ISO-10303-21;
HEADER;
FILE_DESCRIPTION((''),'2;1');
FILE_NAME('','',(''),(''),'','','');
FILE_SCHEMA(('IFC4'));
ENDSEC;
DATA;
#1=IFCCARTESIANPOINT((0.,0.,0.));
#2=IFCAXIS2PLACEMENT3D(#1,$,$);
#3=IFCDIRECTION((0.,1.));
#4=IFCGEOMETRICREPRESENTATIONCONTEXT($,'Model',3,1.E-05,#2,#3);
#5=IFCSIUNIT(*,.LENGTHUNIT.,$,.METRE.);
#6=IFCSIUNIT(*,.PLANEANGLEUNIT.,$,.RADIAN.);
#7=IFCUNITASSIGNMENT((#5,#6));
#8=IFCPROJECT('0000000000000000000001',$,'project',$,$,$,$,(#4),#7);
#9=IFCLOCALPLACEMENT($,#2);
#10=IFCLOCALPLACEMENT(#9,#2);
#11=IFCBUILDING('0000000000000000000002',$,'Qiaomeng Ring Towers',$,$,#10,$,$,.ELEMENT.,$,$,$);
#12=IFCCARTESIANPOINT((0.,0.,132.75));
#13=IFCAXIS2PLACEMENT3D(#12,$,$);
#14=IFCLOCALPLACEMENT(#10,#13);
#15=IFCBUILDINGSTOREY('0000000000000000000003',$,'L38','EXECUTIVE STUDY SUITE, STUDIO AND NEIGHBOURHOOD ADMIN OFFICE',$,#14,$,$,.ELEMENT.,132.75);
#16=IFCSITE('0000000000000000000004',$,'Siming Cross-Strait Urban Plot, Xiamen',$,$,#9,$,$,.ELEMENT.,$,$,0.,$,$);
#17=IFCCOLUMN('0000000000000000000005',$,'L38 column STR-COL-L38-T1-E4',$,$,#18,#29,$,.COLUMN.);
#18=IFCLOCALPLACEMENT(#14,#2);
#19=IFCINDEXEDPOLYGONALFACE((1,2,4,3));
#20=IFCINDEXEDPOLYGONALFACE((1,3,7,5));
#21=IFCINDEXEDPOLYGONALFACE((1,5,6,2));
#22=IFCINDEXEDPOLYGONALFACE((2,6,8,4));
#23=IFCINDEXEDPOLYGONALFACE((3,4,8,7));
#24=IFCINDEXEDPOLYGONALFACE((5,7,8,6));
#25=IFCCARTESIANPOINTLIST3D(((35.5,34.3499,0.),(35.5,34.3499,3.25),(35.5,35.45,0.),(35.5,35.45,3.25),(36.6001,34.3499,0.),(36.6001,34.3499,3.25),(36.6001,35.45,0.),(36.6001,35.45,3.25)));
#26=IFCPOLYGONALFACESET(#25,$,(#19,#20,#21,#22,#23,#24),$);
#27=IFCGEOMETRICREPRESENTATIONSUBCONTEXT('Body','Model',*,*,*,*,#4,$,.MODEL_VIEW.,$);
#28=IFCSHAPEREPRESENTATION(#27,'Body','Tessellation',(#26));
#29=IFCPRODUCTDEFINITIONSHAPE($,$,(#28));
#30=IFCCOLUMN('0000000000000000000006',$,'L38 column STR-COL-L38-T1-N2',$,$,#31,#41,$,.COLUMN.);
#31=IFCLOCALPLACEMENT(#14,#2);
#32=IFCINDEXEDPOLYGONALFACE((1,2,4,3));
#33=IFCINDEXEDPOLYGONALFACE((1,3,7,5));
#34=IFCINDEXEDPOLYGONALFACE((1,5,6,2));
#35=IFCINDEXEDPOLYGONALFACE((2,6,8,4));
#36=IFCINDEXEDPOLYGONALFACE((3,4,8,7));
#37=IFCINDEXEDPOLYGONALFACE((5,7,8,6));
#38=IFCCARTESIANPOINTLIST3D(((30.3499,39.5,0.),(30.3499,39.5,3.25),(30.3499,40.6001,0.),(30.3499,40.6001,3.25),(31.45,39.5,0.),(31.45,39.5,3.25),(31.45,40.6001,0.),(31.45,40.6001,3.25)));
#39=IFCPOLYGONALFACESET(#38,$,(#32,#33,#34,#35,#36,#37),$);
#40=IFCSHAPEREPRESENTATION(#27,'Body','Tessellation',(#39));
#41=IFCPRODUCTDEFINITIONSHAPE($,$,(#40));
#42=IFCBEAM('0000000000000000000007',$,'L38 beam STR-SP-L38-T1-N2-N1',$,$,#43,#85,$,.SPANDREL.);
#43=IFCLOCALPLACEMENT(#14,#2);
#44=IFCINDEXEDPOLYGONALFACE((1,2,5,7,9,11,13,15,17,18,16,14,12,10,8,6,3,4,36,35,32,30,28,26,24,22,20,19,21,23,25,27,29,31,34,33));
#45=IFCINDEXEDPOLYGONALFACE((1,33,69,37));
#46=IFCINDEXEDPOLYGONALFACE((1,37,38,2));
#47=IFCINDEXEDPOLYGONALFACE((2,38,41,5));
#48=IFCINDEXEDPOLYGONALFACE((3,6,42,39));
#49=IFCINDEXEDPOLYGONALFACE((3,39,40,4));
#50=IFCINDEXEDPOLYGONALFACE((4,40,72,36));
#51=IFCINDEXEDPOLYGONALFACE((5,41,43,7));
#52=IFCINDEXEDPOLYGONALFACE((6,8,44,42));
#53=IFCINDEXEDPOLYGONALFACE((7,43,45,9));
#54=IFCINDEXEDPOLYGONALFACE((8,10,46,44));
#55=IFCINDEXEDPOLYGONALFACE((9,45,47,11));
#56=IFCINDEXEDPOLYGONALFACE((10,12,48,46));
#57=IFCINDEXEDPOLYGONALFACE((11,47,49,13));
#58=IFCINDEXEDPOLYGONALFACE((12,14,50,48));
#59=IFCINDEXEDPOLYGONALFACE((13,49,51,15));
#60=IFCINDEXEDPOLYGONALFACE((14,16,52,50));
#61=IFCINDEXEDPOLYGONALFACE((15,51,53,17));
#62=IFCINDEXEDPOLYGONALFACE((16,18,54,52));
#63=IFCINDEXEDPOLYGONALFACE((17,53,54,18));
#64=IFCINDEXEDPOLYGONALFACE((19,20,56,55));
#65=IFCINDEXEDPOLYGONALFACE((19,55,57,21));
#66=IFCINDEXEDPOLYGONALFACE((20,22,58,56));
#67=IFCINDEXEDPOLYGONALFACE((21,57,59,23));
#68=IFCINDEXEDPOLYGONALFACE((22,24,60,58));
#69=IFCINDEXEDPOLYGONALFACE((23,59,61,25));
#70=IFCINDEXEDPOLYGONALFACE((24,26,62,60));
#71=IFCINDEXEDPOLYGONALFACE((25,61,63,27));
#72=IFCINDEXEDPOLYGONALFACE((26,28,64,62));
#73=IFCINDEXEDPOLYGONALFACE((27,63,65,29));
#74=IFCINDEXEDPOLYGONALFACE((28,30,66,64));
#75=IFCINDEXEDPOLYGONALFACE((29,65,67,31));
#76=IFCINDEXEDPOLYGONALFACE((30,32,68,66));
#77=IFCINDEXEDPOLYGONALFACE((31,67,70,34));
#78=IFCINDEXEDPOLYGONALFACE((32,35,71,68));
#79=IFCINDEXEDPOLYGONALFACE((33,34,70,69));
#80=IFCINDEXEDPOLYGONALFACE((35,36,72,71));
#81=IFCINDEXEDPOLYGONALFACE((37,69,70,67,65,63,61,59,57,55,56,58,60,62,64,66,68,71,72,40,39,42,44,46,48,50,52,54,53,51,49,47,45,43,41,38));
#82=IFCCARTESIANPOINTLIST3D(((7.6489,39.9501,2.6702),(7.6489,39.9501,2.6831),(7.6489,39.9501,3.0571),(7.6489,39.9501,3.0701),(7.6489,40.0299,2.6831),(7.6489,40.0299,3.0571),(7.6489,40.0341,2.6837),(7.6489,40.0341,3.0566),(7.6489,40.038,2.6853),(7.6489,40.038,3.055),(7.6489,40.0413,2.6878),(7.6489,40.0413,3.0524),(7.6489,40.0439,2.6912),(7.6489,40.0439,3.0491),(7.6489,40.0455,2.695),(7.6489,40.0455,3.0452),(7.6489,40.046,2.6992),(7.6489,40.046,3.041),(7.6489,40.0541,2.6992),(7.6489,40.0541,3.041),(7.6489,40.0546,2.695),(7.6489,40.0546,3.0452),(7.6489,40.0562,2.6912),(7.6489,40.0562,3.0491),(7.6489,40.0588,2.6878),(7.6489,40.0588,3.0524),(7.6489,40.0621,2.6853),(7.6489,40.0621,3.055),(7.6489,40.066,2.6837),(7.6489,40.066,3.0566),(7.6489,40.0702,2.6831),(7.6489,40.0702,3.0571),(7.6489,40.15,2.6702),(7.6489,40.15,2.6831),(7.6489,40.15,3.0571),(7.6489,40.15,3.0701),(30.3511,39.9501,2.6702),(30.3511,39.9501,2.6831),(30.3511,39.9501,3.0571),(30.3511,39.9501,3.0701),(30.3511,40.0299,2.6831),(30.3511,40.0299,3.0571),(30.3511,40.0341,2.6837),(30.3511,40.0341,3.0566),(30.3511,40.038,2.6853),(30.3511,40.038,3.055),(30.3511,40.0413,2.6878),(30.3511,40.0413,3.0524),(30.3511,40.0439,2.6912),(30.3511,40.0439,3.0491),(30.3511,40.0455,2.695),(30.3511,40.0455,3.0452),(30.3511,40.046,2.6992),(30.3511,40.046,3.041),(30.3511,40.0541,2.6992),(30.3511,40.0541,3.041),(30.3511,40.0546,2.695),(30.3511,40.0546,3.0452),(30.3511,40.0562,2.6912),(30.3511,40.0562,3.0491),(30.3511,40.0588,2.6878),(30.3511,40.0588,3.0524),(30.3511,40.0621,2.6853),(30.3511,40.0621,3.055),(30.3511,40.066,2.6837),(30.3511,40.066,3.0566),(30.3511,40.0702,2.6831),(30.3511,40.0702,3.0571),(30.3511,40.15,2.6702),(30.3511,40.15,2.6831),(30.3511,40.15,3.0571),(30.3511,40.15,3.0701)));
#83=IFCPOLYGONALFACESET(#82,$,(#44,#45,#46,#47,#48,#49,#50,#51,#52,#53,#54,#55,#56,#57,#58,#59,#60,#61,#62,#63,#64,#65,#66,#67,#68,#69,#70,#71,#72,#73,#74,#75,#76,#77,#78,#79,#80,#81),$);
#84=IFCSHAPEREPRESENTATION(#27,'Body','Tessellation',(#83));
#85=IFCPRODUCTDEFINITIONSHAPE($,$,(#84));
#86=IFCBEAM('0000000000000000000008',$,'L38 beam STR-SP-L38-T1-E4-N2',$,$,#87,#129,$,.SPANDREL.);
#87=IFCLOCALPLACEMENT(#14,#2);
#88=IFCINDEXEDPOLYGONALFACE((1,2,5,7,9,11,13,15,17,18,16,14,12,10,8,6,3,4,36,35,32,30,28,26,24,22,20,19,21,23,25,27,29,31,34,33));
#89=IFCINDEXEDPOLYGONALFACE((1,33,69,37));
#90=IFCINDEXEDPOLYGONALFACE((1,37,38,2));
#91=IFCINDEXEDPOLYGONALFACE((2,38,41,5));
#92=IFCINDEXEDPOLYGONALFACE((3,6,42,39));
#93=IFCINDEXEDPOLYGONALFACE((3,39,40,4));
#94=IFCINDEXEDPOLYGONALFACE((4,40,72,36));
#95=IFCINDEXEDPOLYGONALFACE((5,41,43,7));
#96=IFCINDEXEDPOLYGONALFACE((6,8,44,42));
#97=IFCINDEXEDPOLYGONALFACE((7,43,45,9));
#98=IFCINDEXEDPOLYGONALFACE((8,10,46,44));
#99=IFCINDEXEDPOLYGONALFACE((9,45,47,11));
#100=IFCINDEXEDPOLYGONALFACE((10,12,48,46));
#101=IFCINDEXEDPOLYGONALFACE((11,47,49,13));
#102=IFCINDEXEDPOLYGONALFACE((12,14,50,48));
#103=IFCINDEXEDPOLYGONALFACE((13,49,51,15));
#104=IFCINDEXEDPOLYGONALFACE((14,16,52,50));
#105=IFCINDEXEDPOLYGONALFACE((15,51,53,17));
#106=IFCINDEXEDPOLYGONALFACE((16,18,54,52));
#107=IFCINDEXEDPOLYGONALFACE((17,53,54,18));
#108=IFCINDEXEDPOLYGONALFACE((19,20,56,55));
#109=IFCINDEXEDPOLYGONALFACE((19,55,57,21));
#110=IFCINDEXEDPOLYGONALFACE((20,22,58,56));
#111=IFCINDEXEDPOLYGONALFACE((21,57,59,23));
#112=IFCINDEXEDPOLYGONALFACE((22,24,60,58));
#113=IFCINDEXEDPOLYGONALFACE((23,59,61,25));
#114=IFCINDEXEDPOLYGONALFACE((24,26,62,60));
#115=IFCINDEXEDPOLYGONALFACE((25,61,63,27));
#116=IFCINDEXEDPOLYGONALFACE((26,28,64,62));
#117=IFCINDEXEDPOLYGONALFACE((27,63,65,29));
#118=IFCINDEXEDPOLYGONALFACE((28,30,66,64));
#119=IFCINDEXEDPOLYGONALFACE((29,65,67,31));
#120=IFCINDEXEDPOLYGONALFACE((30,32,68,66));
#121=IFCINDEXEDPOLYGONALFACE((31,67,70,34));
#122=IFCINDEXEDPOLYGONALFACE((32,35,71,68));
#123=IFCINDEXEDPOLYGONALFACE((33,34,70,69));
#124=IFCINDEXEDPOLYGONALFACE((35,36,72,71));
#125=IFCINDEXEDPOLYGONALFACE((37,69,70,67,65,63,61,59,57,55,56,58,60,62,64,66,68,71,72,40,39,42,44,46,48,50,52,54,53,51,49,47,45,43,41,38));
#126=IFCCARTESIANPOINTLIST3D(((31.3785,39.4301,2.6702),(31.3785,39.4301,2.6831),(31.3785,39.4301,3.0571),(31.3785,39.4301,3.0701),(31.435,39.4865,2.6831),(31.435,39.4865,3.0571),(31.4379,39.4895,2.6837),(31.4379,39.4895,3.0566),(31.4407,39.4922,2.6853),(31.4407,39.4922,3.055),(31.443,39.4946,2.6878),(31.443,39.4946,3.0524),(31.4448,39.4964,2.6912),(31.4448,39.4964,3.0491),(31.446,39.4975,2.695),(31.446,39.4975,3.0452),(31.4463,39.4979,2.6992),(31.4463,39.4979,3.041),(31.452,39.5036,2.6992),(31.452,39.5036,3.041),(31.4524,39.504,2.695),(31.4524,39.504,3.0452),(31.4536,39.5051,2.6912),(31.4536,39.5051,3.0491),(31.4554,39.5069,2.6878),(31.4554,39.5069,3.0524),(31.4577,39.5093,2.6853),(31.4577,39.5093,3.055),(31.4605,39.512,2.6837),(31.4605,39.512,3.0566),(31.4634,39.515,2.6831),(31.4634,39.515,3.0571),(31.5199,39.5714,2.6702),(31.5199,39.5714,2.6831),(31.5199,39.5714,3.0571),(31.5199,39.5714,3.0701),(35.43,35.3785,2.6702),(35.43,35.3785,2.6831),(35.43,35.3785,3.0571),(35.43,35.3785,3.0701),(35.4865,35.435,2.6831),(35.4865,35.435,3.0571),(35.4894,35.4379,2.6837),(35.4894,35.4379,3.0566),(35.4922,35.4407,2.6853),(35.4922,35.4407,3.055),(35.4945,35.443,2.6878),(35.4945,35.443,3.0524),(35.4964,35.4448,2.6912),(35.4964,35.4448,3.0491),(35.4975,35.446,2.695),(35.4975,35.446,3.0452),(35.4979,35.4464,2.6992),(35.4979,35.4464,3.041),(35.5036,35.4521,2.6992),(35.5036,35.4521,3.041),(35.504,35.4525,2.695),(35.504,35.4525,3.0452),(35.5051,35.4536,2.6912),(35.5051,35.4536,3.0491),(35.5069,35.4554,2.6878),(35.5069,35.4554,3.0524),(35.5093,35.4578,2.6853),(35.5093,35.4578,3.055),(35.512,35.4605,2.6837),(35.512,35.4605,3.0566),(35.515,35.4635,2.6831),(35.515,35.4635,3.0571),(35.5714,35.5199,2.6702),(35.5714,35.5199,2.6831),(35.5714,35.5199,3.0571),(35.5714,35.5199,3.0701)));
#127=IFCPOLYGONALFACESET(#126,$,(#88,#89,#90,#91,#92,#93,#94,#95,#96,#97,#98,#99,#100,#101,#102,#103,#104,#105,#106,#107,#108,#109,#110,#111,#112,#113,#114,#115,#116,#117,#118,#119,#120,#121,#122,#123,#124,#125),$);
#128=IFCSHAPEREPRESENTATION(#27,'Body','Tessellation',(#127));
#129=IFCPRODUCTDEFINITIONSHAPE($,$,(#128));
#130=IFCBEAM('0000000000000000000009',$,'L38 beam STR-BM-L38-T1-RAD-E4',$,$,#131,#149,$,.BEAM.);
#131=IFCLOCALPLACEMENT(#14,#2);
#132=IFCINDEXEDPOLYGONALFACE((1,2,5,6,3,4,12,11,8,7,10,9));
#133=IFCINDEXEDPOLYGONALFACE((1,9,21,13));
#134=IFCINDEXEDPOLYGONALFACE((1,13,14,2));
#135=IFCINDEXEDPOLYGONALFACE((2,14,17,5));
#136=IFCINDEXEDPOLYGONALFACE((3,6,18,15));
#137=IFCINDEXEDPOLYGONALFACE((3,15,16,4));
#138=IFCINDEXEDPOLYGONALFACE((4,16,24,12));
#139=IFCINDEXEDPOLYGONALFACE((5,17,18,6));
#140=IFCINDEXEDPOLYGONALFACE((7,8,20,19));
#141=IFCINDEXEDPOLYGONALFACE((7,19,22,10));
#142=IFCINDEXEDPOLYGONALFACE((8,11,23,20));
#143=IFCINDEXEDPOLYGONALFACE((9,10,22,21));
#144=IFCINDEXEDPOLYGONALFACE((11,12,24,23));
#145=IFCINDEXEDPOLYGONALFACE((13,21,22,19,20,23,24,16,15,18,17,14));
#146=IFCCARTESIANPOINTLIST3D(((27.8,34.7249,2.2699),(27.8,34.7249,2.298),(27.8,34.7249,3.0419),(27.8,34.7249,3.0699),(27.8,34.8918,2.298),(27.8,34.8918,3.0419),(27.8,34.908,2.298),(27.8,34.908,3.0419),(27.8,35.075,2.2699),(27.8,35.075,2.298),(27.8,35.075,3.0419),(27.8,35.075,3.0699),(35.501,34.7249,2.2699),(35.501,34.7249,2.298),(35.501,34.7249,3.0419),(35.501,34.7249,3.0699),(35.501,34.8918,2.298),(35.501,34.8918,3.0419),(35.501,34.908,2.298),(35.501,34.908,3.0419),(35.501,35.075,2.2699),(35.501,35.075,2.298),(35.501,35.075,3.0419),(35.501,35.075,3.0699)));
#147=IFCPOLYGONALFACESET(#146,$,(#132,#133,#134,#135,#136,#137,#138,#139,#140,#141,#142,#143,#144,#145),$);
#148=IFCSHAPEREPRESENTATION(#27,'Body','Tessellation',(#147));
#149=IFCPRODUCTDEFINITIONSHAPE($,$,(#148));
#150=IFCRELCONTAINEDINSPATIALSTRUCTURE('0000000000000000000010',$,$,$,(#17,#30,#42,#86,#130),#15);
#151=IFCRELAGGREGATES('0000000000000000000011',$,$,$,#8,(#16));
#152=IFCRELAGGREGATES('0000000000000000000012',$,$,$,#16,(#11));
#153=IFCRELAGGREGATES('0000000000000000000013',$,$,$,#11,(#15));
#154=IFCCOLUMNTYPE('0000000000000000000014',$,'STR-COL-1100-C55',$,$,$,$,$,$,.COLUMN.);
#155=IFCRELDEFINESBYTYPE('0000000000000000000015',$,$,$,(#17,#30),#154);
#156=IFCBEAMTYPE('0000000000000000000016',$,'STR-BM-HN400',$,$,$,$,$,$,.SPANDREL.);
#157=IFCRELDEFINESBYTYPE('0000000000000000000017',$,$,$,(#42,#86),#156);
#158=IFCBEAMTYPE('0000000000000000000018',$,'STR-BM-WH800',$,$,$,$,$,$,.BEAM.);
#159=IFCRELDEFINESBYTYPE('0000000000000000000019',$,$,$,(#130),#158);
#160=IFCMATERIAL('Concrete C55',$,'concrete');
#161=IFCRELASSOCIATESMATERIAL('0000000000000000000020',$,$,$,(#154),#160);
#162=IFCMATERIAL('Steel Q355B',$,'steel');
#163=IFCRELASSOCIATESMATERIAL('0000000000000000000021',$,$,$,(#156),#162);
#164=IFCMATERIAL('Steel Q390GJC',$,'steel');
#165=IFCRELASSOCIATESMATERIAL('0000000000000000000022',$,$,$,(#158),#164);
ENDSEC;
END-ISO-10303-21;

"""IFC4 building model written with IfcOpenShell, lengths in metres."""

from ifc_helpers import new_model, si_unit, direction, frame, origin, origin_2d, place, context, subcontext, project, spatial, rectangle, i_section, extrude, source, transform, mapped, material, material_profile, profile_set, type_object, element, save


model = new_model("IFC4")

# Units and contexts
model_context = context("Model", 3, precision=1e-05, world=origin(), true_north=direction((0.0, 1.0)))
body_context = subcontext(model_context, "Body", "Model", "MODEL_VIEW")
ifc_project = project(units=[si_unit("LENGTHUNIT", "METRE"), si_unit("PLANEANGLEUNIT", "RADIAN")], contexts=[model_context])

# Site, building, storey
site_placement = place(None, origin())
site = spatial("IfcSite", under=ifc_project, at=site_placement, Name="Siming Cross-Strait Urban Plot, Xiamen", CompositionType="ELEMENT", RefElevation=0.0)
building_placement = place(site_placement, origin())
building = spatial("IfcBuilding", under=site, at=building_placement, Name="Qiaomeng Ring Towers", CompositionType="ELEMENT")
storey_placement = place(building_placement, frame((0.0, 0.0, 132.75)))
storey = spatial("IfcBuildingStorey", under=building, at=storey_placement, Name="L38", Description="EXECUTIVE STUDY SUITE, STUDIO AND NEIGHBOURHOOD ADMIN OFFICE", CompositionType="ELEMENT", Elevation=132.75)

# Columns
ifc_material_1 = material(Name="Concrete C55", Category="concrete")
ifc_material_profile_1 = material_profile(ifc_material_1, rectangle(XDim=1.1001, YDim=1.1001, at=origin_2d()), Name="RC COL 1100x1100")
ifc_profile_set_1 = profile_set([ifc_material_profile_1], Name="Concrete C55")
column_type = type_object("IfcColumnType", Name="STR-COL-1100-C55", PredefinedType="COLUMN", material=ifc_profile_set_1)
shared_shape_1 = source(origin(), body_context, "Body", "SweptSolid", [
    extrude(rectangle(XDim=1.1001, YDim=1.1001, at=origin_2d()), origin(), (0.0, 0.0, 1.0), 3.25),
])
for number, where, z_axis, x_axis, name in (
    (1, (36.05, 34.8999, 0.0), (0.0, 0.0, 1.0), (1.0, 0.0, 0.0), "L38 column STR-COL-L38-T1-E4"),
    (2, (30.8999, 40.05, 0.0), (0.0, 0.0, 1.0), (1.0, 0.0, 0.0), "L38 column STR-COL-L38-T1-N2"),
):
    element("IfcColumn", number, at=place(storey_placement, frame(where, z_axis=z_axis, x_axis=x_axis)), inside=storey, type_object=column_type, Name=name, PredefinedType="COLUMN", context=body_context, shape_type="MappedRepresentation", body=[
        mapped(shared_shape_1, transform((0.0, 0.0, 0.0), x_axis=(1.0, 0.0, 0.0), y_axis=(0.0, 1.0, 0.0), z_axis=(0.0, 0.0, 1.0), scale=1.0)),
    ])

# Beams
ifc_material_2 = material(Name="Steel Q355B", Category="steel")
ifc_material_profile_2 = material_profile(ifc_material_2, i_section(OverallWidth=0.2, OverallDepth=0.3999, WebThickness=0.0081, FlangeThickness=0.0129, FilletRadius=0.0161, at=origin_2d()), Name="HN 400x200x8x13")
ifc_profile_set_2 = profile_set([ifc_material_profile_2], Name="Steel Q355B")
beam_type_1 = type_object("IfcBeamType", Name="STR-BM-HN400", PredefinedType="SPANDREL", material=ifc_profile_set_2)
shared_shape_2 = source(origin(), body_context, "Body", "SweptSolid", [
    extrude(i_section(OverallWidth=0.2, OverallDepth=0.3999, WebThickness=0.0081, FlangeThickness=0.0129, FilletRadius=0.0161, at=origin_2d()), origin(), (0.0, 0.0, 1.0), 22.7021),
])
beam_1_placement = place(storey_placement, frame((30.3511, 40.05, 2.8701), z_axis=(-1.0, 0.0, 0.0), x_axis=(0.0, -1.0, 0.0)))
element("IfcBeam", 3, at=beam_1_placement, inside=storey, type_object=beam_type_1, Name="L38 beam STR-SP-L38-T1-N2-N1", PredefinedType="SPANDREL", context=body_context, shape_type="MappedRepresentation", body=[
    mapped(shared_shape_2, transform((0.0, 0.0, 0.0), x_axis=(1.0, 0.0, 0.0), y_axis=(0.0, 1.0, 0.0), z_axis=(0.0, 0.0, 1.0), scale=1.0)),
])
shared_shape_3 = source(origin(), body_context, "Body", "SweptSolid", [
    extrude(i_section(OverallWidth=0.2, OverallDepth=0.3999, WebThickness=0.0081, FlangeThickness=0.0129, FilletRadius=0.0161, at=origin_2d()), origin(), (0.0, 0.0, 1.0), 5.7297),
])
beam_2_placement = place(storey_placement, frame((35.5007, 35.4492, 2.8701), z_axis=(-0.707107, 0.707107, 0.0), x_axis=(-0.707107, -0.707107, 0.0)))
element("IfcBeam", 4, at=beam_2_placement, inside=storey, type_object=beam_type_1, Name="L38 beam STR-SP-L38-T1-E4-N2", PredefinedType="SPANDREL", context=body_context, shape_type="MappedRepresentation", body=[
    mapped(shared_shape_3, transform((0.0, 0.0, 0.0), x_axis=(1.0, 0.0, 0.0), y_axis=(0.0, 1.0, 0.0), z_axis=(0.0, 0.0, 1.0), scale=1.0)),
])
ifc_material_3 = material(Name="Steel Q390GJC", Category="steel")
ifc_material_profile_3 = material_profile(ifc_material_3, i_section(OverallWidth=0.3501, OverallDepth=0.8, WebThickness=0.0161, FlangeThickness=0.0281, at=origin_2d()), Name="WH 800x350x16x28")
ifc_profile_set_3 = profile_set([ifc_material_profile_3], Name="Steel Q390GJC")
beam_type_2 = type_object("IfcBeamType", Name="STR-BM-WH800", PredefinedType="BEAM", material=ifc_profile_set_3)
shared_shape_4 = source(origin(), body_context, "Body", "SweptSolid", [
    extrude(i_section(OverallWidth=0.3501, OverallDepth=0.8, WebThickness=0.0161, FlangeThickness=0.0281, at=origin_2d()), origin(), (0.0, 0.0, 1.0), 7.7009),
])
beam_3_placement = place(storey_placement, frame((27.8, 34.8999, 2.6699), z_axis=(1.0, 0.0, 0.0), x_axis=(0.0, 1.0, 0.0)))
element("IfcBeam", 5, at=beam_3_placement, inside=storey, type_object=beam_type_2, Name="L38 beam STR-BM-L38-T1-RAD-E4", PredefinedType="BEAM", context=body_context, shape_type="MappedRepresentation", body=[
    mapped(shared_shape_4, transform((0.0, 0.0, 0.0), x_axis=(1.0, 0.0, 0.0), y_axis=(0.0, 1.0, 0.0), z_axis=(0.0, 0.0, 1.0), scale=1.0)),
])

save(model, "model.ifc")
